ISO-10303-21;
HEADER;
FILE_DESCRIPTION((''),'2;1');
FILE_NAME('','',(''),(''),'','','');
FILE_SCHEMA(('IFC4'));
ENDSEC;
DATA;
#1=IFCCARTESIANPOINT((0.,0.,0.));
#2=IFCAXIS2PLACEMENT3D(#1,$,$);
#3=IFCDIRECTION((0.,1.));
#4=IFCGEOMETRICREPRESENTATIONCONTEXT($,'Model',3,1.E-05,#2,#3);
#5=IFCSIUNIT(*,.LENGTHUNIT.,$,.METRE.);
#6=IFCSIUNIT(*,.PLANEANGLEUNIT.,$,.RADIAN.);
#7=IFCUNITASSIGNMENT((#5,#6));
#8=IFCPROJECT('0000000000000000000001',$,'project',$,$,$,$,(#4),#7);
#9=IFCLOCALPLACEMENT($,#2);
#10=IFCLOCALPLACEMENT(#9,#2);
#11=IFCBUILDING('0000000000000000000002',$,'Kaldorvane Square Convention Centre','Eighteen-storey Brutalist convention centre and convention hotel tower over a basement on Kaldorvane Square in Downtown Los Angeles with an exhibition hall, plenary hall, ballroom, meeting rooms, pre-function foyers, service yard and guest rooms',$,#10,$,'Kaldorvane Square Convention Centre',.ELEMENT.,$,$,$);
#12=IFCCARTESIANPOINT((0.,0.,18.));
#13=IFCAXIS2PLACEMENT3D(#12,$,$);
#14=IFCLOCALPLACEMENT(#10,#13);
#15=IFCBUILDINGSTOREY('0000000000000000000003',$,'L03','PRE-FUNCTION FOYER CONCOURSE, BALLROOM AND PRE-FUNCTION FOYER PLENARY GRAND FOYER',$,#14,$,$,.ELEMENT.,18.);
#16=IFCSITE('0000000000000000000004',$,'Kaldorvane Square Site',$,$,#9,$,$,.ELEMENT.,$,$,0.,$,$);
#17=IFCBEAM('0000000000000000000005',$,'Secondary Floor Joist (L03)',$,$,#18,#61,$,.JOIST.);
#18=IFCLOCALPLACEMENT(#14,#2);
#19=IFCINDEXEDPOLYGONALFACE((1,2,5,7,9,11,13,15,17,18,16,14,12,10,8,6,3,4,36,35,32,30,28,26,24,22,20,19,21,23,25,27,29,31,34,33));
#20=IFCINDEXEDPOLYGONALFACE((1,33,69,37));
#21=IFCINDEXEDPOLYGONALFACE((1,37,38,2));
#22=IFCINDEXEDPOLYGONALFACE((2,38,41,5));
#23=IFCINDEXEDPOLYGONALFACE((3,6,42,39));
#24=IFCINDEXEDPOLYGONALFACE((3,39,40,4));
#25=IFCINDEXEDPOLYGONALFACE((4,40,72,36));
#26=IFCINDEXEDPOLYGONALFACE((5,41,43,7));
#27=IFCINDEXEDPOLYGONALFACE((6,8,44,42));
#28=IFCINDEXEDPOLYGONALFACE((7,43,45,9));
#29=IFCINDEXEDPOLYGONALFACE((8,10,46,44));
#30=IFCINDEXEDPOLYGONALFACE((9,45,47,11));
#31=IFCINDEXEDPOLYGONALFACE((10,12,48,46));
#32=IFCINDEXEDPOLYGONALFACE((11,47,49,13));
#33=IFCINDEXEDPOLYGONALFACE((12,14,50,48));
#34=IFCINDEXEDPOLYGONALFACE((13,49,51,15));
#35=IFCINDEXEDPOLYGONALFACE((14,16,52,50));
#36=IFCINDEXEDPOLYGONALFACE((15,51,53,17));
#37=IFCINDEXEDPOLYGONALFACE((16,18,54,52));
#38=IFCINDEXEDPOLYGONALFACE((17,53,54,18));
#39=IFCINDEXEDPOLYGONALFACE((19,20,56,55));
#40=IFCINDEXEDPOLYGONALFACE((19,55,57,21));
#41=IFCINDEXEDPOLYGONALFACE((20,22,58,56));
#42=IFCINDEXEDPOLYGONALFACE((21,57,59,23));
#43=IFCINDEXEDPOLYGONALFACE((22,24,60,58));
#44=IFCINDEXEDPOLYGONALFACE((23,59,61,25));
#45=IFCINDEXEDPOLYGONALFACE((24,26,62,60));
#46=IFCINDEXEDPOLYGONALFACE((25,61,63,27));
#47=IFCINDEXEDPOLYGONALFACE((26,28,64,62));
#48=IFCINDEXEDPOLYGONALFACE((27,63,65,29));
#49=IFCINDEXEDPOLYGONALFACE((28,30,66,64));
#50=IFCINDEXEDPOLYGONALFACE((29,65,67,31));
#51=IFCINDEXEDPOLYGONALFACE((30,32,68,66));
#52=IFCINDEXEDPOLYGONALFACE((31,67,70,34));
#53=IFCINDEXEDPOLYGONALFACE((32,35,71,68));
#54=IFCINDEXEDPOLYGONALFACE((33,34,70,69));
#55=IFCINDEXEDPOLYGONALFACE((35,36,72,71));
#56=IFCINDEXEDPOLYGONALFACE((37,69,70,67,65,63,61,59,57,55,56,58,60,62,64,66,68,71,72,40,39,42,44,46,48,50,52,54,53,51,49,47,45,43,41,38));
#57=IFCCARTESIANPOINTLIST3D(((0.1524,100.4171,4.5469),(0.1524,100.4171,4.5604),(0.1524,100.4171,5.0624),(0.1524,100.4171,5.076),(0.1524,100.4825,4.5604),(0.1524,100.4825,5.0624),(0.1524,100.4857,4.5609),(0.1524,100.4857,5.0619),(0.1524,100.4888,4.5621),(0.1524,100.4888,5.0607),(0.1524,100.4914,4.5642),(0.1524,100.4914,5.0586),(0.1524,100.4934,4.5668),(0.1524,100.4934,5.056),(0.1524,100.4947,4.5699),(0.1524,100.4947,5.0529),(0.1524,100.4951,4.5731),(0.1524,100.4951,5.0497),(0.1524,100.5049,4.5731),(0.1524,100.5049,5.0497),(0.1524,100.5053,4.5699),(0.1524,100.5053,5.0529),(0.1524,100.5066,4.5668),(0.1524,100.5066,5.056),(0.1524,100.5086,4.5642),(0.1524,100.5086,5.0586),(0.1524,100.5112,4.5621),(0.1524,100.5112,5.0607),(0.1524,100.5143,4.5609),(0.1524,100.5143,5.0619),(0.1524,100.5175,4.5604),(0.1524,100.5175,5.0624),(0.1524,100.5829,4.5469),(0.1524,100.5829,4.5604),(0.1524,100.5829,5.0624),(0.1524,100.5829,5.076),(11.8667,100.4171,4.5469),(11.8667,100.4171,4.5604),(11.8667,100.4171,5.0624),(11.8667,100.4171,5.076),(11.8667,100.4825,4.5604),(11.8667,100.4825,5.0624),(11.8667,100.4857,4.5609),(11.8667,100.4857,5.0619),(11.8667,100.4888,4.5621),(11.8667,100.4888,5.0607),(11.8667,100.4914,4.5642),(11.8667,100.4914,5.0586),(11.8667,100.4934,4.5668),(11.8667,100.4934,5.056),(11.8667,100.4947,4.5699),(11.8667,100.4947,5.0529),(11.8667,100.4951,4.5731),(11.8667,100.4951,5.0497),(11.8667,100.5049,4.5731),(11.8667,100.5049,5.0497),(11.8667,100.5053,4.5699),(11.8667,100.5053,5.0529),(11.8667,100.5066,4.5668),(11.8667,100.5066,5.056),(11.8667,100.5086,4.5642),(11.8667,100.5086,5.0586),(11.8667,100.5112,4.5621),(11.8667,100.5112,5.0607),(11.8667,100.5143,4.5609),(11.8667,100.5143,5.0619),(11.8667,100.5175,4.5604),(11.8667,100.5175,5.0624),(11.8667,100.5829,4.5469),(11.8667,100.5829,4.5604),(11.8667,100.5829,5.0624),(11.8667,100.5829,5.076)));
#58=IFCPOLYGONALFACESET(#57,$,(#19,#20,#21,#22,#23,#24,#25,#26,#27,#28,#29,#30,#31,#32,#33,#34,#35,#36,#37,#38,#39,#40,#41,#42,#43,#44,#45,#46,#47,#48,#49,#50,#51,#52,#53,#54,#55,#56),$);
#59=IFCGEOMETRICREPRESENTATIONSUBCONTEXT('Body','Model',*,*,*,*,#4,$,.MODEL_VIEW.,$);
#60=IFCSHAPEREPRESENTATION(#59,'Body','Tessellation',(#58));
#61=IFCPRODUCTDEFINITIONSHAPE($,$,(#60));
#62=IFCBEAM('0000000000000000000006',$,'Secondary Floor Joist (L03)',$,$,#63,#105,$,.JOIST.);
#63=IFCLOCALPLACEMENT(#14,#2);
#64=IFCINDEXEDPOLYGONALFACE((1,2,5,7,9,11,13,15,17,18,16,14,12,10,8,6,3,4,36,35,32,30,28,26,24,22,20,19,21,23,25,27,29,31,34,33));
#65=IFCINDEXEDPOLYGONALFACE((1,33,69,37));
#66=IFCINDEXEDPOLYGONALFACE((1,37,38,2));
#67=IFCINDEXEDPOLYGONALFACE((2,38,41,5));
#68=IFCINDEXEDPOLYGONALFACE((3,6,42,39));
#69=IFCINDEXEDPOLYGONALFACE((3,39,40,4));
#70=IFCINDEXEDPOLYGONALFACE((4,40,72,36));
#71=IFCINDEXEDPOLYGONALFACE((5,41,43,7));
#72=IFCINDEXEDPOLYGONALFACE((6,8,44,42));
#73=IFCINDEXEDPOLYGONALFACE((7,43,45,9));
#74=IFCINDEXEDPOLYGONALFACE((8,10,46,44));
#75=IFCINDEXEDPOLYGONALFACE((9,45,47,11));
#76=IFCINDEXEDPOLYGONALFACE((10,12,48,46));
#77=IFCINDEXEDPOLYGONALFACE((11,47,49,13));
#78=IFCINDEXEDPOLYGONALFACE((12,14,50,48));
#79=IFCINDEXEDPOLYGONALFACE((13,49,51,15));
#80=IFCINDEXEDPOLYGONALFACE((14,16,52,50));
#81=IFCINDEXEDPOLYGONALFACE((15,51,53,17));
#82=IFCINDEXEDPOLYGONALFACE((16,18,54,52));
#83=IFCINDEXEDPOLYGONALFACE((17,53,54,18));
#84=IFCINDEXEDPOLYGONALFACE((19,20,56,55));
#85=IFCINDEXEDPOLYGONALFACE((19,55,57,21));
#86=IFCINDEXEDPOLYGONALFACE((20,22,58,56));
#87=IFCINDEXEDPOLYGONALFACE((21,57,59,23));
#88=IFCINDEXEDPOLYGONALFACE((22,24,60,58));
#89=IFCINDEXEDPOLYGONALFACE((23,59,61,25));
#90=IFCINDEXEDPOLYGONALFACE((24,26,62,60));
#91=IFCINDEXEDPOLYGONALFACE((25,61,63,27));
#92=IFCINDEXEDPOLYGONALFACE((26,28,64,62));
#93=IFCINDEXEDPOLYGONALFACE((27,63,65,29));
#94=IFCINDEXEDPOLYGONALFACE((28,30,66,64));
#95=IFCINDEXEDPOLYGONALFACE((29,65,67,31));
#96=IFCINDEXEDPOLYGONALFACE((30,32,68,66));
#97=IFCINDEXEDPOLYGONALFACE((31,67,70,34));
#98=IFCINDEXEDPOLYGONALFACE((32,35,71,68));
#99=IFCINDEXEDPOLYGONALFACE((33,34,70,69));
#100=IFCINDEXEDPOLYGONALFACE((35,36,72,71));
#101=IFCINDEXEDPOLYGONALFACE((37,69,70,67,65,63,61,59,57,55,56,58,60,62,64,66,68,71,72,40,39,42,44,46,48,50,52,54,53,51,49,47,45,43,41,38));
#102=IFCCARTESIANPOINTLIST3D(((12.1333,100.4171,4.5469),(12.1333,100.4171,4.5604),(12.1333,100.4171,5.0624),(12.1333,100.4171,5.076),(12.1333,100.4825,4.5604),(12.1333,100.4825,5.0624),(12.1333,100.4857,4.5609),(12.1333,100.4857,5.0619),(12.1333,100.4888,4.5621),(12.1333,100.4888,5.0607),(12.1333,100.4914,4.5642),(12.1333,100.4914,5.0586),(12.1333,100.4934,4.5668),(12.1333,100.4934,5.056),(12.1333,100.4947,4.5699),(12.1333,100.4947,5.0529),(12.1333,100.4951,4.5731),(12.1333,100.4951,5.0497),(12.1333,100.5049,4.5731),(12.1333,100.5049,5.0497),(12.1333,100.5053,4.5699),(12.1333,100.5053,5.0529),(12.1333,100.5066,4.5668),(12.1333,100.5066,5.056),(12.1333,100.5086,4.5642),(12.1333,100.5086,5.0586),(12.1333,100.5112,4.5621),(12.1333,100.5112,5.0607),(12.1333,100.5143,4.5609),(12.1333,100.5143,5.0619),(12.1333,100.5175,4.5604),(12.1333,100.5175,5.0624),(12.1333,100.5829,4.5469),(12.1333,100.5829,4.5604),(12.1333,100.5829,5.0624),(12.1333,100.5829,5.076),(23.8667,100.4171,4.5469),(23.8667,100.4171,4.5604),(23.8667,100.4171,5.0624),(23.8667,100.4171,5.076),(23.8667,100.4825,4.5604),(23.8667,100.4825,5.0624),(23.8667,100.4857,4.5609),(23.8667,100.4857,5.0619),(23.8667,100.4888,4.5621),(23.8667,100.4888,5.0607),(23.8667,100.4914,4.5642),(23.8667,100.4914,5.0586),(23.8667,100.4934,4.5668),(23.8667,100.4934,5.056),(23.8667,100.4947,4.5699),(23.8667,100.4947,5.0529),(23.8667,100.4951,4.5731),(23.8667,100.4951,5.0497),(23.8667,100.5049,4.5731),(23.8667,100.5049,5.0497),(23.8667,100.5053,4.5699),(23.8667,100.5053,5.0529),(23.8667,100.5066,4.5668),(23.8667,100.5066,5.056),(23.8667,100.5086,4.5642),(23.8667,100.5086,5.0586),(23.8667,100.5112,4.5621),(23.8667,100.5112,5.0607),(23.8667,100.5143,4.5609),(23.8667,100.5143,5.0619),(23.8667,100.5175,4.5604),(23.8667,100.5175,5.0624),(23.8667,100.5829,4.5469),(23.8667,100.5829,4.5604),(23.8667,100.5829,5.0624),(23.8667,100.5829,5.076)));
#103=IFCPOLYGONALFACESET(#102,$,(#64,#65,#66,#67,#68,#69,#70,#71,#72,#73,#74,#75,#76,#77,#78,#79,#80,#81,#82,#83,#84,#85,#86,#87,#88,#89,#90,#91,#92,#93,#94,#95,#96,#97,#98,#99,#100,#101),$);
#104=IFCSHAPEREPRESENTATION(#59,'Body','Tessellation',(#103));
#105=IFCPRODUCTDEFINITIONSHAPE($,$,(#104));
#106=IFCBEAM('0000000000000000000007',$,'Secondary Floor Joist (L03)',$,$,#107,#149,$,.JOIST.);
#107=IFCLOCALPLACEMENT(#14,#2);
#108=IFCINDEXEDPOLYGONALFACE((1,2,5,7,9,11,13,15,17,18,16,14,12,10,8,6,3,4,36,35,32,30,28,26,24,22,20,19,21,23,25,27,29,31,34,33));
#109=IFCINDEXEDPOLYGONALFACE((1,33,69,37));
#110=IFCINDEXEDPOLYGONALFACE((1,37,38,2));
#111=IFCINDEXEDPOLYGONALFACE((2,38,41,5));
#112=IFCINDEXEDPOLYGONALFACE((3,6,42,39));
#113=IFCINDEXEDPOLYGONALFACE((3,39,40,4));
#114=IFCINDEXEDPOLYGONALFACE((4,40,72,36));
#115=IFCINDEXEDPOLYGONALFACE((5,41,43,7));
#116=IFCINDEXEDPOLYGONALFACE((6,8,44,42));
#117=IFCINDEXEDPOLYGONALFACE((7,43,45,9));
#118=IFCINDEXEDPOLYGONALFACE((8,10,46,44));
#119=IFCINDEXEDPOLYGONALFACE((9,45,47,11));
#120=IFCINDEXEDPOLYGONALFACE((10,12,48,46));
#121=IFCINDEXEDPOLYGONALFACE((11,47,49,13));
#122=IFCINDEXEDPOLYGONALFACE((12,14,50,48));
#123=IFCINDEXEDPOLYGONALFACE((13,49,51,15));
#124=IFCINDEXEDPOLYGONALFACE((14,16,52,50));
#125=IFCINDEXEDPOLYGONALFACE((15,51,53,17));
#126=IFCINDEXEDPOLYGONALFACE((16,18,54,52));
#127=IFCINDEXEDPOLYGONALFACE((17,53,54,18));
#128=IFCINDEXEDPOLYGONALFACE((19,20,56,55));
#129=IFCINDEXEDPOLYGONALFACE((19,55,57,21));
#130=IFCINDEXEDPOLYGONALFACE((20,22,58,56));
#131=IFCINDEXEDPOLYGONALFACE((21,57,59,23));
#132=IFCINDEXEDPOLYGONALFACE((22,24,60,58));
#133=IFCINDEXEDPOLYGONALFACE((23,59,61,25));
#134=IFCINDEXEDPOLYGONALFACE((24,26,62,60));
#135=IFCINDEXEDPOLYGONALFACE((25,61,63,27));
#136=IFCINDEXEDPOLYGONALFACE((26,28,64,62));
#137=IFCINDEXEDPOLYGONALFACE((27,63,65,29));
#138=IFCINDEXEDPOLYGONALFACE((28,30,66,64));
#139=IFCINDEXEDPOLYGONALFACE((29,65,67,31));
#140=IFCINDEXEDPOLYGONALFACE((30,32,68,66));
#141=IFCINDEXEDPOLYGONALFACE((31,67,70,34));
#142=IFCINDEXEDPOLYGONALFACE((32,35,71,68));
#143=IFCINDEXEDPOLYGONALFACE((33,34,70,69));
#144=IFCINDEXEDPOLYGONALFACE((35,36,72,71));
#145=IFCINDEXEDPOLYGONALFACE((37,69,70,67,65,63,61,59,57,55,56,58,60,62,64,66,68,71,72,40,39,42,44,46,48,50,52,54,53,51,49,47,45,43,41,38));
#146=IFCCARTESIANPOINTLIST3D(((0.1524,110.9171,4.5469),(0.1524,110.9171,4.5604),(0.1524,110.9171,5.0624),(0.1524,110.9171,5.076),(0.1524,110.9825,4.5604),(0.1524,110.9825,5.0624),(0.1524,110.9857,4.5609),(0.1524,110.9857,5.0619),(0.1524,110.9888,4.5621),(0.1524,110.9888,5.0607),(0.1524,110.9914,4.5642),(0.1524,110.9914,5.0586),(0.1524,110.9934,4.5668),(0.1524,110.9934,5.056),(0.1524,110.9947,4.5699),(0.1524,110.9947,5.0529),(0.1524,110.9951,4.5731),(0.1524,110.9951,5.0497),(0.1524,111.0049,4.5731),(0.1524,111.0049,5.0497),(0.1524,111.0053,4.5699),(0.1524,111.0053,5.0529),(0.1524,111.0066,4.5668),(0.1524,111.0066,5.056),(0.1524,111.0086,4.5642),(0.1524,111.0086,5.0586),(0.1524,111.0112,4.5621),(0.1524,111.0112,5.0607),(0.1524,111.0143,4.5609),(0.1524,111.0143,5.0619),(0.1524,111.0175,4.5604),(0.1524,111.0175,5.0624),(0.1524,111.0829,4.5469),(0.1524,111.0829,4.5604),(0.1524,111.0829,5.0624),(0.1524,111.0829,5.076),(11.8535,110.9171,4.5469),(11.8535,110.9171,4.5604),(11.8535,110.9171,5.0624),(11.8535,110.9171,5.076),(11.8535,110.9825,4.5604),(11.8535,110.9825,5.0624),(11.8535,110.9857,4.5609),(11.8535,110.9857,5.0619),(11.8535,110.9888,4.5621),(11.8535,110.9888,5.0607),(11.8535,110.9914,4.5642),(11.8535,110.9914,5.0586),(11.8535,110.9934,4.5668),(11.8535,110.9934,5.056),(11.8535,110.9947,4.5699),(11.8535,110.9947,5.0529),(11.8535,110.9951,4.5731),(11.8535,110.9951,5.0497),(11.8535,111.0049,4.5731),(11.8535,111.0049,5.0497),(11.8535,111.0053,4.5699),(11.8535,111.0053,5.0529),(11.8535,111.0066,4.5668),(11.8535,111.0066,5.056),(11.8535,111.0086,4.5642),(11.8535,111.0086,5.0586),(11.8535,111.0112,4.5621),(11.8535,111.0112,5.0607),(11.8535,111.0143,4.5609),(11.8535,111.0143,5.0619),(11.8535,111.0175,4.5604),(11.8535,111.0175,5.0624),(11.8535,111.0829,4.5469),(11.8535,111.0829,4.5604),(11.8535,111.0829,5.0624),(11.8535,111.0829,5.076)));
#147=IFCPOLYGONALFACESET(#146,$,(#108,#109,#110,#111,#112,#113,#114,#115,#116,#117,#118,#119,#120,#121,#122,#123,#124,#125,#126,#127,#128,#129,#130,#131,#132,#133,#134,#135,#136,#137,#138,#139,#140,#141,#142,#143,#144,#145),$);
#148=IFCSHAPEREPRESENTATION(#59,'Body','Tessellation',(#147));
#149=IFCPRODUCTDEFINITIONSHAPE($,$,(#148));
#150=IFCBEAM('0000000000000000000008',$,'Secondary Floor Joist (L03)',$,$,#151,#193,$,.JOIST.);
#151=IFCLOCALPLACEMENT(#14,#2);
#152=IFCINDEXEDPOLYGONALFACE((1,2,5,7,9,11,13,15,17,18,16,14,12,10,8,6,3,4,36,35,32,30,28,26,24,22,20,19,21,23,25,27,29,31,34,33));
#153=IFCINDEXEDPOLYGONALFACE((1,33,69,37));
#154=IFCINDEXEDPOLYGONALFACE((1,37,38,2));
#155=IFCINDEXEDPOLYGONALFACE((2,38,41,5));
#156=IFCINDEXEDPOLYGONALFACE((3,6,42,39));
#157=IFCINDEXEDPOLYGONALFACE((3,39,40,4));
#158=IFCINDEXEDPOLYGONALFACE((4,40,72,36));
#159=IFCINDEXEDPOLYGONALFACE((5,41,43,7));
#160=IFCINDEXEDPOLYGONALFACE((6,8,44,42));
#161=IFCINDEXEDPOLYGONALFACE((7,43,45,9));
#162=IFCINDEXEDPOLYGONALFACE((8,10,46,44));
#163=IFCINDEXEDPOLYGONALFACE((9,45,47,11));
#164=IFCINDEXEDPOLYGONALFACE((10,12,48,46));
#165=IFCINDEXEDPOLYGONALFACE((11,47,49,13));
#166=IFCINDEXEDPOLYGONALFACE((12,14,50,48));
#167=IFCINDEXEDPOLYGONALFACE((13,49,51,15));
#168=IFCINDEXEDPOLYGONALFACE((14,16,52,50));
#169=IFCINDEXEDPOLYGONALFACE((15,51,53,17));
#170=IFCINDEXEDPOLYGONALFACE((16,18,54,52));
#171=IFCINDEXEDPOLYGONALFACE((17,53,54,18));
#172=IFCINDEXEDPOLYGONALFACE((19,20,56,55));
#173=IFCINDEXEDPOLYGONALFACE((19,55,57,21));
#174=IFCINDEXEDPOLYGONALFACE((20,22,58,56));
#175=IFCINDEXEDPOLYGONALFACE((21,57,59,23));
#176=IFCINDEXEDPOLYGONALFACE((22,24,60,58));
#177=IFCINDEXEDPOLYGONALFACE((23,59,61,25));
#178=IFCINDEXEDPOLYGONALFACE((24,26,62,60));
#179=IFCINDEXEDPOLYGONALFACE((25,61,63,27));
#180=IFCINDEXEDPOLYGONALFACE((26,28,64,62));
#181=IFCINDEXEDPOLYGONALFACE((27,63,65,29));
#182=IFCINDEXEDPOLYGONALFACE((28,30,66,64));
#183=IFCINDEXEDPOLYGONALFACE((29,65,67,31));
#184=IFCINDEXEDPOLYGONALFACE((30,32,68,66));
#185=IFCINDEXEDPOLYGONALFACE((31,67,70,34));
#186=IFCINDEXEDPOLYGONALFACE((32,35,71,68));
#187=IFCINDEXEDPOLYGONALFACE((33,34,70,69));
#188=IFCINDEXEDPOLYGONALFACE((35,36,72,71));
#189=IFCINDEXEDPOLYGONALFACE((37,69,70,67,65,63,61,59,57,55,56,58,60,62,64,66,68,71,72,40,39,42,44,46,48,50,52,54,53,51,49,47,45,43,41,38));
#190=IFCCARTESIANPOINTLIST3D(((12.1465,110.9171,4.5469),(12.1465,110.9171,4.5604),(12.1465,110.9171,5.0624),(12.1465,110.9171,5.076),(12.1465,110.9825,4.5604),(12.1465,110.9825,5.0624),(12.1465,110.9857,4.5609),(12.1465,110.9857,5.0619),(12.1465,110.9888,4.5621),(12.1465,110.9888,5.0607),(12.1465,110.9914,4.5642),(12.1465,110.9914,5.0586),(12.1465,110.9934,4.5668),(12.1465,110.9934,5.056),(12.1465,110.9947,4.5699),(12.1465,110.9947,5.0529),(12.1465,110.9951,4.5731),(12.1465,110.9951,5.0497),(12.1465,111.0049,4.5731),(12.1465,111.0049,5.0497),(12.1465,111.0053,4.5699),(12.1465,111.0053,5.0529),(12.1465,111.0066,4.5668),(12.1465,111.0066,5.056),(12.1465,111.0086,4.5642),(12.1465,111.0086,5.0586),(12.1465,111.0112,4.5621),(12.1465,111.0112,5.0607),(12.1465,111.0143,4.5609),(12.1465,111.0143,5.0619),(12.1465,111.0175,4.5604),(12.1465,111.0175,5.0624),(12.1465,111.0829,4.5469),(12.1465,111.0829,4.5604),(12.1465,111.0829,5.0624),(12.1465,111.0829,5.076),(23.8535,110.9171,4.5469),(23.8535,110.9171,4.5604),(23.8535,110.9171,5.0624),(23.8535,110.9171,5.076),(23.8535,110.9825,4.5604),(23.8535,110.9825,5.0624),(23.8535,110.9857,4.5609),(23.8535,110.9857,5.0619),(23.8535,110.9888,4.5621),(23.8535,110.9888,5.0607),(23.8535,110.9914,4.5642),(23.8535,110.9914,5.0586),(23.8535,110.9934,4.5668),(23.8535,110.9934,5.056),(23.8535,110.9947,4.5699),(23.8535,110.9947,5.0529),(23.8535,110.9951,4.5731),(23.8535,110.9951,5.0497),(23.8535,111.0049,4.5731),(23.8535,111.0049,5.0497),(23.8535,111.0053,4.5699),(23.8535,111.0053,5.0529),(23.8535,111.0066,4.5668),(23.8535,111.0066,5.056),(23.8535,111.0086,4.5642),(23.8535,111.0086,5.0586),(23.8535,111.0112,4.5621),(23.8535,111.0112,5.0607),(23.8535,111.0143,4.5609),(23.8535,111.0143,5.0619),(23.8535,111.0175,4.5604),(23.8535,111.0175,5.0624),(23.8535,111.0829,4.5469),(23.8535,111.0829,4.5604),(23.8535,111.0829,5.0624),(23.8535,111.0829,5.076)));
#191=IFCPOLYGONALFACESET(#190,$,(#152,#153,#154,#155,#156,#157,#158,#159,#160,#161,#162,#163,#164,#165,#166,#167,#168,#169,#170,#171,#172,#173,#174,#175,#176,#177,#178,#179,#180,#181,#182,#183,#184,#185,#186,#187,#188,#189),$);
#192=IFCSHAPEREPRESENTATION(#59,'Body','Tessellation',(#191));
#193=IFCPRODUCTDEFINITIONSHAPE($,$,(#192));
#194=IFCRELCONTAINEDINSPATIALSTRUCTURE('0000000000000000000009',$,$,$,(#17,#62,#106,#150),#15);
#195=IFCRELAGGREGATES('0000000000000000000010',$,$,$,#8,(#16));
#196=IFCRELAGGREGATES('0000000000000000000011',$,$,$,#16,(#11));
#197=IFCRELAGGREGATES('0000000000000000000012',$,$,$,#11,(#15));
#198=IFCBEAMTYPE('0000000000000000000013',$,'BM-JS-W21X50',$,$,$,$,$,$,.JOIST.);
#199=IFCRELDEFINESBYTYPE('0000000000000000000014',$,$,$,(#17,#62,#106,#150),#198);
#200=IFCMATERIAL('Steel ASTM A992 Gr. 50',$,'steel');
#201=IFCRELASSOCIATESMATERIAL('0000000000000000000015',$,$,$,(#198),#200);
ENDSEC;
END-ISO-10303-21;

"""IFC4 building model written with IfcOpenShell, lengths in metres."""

from ifc_helpers import new_model, si_unit, direction, frame, origin, origin_2d, place, context, subcontext, project, spatial, i_section, extrude, material, material_profile, profile_set, type_object, element, save


model = new_model("IFC4")

# Units and contexts
model_context = context("Model", 3, precision=1e-05, world=origin(), true_north=direction((0.0, 1.0)))
body_context = subcontext(model_context, "Body", "Model", "MODEL_VIEW")
ifc_project = project(units=[si_unit("LENGTHUNIT", "METRE"), si_unit("PLANEANGLEUNIT", "RADIAN")], contexts=[model_context])

# Site, building, storey
site_placement = place(None, origin())
site = spatial("IfcSite", under=ifc_project, at=site_placement, Name="Kaldorvane Square Site", CompositionType="ELEMENT", RefElevation=0.0)
building_placement = place(site_placement, origin())
building = spatial("IfcBuilding", under=site, at=building_placement, Name="Kaldorvane Square Convention Centre", Description="Eighteen-storey Brutalist convention centre and convention hotel tower over a basement on Kaldorvane Square in Downtown Los Angeles with an exhibition hall, plenary hall, ballroom, meeting rooms, pre-function foyers, service yard and guest rooms", LongName="Kaldorvane Square Convention Centre", CompositionType="ELEMENT")
storey_placement = place(building_placement, frame((0.0, 0.0, 18.0)))
storey = spatial("IfcBuildingStorey", under=building, at=storey_placement, Name="L03", Description="PRE-FUNCTION FOYER CONCOURSE, BALLROOM AND PRE-FUNCTION FOYER PLENARY GRAND FOYER", CompositionType="ELEMENT", Elevation=18.0)

# Shared definitions
ifc_material_1 = material(Name="Steel ASTM A992 Gr. 50", Category="steel")

# Beams
ifc_material_profile_1 = material_profile(ifc_material_1, i_section(OverallWidth=0.1659, OverallDepth=0.5291, WebThickness=0.0097, FlangeThickness=0.0136, FilletRadius=0.0127, at=origin_2d()), Name="W21X50")
ifc_profile_set_1 = profile_set([ifc_material_profile_1], Name="Steel ASTM A992 Gr. 50")
beam_type_1 = type_object("IfcBeamType", Name="BM-JS-W21X50", PredefinedType="JOIST", material=ifc_profile_set_1)
beam_1_placement = place(storey_placement, frame((0.1524, 100.5, 4.8114), z_axis=(1.0, 0.0, 0.0), x_axis=(0.0, 1.0, 0.0)))
element("IfcBeam", 1, at=beam_1_placement, inside=storey, type_object=beam_type_1, Name="Secondary Floor Joist (L03)", PredefinedType="JOIST", context=body_context, shape_type="SweptSolid", body=[
    extrude(i_section(OverallWidth=0.1659, OverallDepth=0.5291, WebThickness=0.0097, FlangeThickness=0.0136, FilletRadius=0.0127, at=origin_2d()), origin(), (0.0, 0.0, 1.0), 11.7143),
])
beam_2_placement = place(storey_placement, frame((12.1333, 100.5, 4.8114), z_axis=(1.0, 0.0, 0.0), x_axis=(0.0, 1.0, 0.0)))
element("IfcBeam", 2, at=beam_2_placement, inside=storey, type_object=beam_type_1, Name="Secondary Floor Joist (L03)", PredefinedType="JOIST", context=body_context, shape_type="SweptSolid", body=[
    extrude(i_section(OverallWidth=0.1659, OverallDepth=0.5291, WebThickness=0.0097, FlangeThickness=0.0136, FilletRadius=0.0127, at=origin_2d()), origin(), (0.0, 0.0, 1.0), 11.7334),
])
beam_3_placement = place(storey_placement, frame((0.1524, 111.0, 4.8114), z_axis=(1.0, 0.0, 0.0), x_axis=(0.0, 1.0, 0.0)))
element("IfcBeam", 3, at=beam_3_placement, inside=storey, type_object=beam_type_1, Name="Secondary Floor Joist (L03)", PredefinedType="JOIST", context=body_context, shape_type="SweptSolid", body=[
    extrude(i_section(OverallWidth=0.1659, OverallDepth=0.5291, WebThickness=0.0097, FlangeThickness=0.0136, FilletRadius=0.0127, at=origin_2d()), origin(), (0.0, 0.0, 1.0), 11.7011),
])
beam_4_placement = place(storey_placement, frame((12.1465, 111.0, 4.8114), z_axis=(1.0, 0.0, 0.0), x_axis=(0.0, 1.0, 0.0)))
element("IfcBeam", 4, at=beam_4_placement, inside=storey, type_object=beam_type_1, Name="Secondary Floor Joist (L03)", PredefinedType="JOIST", context=body_context, shape_type="SweptSolid", body=[
    extrude(i_section(OverallWidth=0.1659, OverallDepth=0.5291, WebThickness=0.0097, FlangeThickness=0.0136, FilletRadius=0.0127, at=origin_2d()), origin(), (0.0, 0.0, 1.0), 11.707),
])

save(model, "model.ifc")
